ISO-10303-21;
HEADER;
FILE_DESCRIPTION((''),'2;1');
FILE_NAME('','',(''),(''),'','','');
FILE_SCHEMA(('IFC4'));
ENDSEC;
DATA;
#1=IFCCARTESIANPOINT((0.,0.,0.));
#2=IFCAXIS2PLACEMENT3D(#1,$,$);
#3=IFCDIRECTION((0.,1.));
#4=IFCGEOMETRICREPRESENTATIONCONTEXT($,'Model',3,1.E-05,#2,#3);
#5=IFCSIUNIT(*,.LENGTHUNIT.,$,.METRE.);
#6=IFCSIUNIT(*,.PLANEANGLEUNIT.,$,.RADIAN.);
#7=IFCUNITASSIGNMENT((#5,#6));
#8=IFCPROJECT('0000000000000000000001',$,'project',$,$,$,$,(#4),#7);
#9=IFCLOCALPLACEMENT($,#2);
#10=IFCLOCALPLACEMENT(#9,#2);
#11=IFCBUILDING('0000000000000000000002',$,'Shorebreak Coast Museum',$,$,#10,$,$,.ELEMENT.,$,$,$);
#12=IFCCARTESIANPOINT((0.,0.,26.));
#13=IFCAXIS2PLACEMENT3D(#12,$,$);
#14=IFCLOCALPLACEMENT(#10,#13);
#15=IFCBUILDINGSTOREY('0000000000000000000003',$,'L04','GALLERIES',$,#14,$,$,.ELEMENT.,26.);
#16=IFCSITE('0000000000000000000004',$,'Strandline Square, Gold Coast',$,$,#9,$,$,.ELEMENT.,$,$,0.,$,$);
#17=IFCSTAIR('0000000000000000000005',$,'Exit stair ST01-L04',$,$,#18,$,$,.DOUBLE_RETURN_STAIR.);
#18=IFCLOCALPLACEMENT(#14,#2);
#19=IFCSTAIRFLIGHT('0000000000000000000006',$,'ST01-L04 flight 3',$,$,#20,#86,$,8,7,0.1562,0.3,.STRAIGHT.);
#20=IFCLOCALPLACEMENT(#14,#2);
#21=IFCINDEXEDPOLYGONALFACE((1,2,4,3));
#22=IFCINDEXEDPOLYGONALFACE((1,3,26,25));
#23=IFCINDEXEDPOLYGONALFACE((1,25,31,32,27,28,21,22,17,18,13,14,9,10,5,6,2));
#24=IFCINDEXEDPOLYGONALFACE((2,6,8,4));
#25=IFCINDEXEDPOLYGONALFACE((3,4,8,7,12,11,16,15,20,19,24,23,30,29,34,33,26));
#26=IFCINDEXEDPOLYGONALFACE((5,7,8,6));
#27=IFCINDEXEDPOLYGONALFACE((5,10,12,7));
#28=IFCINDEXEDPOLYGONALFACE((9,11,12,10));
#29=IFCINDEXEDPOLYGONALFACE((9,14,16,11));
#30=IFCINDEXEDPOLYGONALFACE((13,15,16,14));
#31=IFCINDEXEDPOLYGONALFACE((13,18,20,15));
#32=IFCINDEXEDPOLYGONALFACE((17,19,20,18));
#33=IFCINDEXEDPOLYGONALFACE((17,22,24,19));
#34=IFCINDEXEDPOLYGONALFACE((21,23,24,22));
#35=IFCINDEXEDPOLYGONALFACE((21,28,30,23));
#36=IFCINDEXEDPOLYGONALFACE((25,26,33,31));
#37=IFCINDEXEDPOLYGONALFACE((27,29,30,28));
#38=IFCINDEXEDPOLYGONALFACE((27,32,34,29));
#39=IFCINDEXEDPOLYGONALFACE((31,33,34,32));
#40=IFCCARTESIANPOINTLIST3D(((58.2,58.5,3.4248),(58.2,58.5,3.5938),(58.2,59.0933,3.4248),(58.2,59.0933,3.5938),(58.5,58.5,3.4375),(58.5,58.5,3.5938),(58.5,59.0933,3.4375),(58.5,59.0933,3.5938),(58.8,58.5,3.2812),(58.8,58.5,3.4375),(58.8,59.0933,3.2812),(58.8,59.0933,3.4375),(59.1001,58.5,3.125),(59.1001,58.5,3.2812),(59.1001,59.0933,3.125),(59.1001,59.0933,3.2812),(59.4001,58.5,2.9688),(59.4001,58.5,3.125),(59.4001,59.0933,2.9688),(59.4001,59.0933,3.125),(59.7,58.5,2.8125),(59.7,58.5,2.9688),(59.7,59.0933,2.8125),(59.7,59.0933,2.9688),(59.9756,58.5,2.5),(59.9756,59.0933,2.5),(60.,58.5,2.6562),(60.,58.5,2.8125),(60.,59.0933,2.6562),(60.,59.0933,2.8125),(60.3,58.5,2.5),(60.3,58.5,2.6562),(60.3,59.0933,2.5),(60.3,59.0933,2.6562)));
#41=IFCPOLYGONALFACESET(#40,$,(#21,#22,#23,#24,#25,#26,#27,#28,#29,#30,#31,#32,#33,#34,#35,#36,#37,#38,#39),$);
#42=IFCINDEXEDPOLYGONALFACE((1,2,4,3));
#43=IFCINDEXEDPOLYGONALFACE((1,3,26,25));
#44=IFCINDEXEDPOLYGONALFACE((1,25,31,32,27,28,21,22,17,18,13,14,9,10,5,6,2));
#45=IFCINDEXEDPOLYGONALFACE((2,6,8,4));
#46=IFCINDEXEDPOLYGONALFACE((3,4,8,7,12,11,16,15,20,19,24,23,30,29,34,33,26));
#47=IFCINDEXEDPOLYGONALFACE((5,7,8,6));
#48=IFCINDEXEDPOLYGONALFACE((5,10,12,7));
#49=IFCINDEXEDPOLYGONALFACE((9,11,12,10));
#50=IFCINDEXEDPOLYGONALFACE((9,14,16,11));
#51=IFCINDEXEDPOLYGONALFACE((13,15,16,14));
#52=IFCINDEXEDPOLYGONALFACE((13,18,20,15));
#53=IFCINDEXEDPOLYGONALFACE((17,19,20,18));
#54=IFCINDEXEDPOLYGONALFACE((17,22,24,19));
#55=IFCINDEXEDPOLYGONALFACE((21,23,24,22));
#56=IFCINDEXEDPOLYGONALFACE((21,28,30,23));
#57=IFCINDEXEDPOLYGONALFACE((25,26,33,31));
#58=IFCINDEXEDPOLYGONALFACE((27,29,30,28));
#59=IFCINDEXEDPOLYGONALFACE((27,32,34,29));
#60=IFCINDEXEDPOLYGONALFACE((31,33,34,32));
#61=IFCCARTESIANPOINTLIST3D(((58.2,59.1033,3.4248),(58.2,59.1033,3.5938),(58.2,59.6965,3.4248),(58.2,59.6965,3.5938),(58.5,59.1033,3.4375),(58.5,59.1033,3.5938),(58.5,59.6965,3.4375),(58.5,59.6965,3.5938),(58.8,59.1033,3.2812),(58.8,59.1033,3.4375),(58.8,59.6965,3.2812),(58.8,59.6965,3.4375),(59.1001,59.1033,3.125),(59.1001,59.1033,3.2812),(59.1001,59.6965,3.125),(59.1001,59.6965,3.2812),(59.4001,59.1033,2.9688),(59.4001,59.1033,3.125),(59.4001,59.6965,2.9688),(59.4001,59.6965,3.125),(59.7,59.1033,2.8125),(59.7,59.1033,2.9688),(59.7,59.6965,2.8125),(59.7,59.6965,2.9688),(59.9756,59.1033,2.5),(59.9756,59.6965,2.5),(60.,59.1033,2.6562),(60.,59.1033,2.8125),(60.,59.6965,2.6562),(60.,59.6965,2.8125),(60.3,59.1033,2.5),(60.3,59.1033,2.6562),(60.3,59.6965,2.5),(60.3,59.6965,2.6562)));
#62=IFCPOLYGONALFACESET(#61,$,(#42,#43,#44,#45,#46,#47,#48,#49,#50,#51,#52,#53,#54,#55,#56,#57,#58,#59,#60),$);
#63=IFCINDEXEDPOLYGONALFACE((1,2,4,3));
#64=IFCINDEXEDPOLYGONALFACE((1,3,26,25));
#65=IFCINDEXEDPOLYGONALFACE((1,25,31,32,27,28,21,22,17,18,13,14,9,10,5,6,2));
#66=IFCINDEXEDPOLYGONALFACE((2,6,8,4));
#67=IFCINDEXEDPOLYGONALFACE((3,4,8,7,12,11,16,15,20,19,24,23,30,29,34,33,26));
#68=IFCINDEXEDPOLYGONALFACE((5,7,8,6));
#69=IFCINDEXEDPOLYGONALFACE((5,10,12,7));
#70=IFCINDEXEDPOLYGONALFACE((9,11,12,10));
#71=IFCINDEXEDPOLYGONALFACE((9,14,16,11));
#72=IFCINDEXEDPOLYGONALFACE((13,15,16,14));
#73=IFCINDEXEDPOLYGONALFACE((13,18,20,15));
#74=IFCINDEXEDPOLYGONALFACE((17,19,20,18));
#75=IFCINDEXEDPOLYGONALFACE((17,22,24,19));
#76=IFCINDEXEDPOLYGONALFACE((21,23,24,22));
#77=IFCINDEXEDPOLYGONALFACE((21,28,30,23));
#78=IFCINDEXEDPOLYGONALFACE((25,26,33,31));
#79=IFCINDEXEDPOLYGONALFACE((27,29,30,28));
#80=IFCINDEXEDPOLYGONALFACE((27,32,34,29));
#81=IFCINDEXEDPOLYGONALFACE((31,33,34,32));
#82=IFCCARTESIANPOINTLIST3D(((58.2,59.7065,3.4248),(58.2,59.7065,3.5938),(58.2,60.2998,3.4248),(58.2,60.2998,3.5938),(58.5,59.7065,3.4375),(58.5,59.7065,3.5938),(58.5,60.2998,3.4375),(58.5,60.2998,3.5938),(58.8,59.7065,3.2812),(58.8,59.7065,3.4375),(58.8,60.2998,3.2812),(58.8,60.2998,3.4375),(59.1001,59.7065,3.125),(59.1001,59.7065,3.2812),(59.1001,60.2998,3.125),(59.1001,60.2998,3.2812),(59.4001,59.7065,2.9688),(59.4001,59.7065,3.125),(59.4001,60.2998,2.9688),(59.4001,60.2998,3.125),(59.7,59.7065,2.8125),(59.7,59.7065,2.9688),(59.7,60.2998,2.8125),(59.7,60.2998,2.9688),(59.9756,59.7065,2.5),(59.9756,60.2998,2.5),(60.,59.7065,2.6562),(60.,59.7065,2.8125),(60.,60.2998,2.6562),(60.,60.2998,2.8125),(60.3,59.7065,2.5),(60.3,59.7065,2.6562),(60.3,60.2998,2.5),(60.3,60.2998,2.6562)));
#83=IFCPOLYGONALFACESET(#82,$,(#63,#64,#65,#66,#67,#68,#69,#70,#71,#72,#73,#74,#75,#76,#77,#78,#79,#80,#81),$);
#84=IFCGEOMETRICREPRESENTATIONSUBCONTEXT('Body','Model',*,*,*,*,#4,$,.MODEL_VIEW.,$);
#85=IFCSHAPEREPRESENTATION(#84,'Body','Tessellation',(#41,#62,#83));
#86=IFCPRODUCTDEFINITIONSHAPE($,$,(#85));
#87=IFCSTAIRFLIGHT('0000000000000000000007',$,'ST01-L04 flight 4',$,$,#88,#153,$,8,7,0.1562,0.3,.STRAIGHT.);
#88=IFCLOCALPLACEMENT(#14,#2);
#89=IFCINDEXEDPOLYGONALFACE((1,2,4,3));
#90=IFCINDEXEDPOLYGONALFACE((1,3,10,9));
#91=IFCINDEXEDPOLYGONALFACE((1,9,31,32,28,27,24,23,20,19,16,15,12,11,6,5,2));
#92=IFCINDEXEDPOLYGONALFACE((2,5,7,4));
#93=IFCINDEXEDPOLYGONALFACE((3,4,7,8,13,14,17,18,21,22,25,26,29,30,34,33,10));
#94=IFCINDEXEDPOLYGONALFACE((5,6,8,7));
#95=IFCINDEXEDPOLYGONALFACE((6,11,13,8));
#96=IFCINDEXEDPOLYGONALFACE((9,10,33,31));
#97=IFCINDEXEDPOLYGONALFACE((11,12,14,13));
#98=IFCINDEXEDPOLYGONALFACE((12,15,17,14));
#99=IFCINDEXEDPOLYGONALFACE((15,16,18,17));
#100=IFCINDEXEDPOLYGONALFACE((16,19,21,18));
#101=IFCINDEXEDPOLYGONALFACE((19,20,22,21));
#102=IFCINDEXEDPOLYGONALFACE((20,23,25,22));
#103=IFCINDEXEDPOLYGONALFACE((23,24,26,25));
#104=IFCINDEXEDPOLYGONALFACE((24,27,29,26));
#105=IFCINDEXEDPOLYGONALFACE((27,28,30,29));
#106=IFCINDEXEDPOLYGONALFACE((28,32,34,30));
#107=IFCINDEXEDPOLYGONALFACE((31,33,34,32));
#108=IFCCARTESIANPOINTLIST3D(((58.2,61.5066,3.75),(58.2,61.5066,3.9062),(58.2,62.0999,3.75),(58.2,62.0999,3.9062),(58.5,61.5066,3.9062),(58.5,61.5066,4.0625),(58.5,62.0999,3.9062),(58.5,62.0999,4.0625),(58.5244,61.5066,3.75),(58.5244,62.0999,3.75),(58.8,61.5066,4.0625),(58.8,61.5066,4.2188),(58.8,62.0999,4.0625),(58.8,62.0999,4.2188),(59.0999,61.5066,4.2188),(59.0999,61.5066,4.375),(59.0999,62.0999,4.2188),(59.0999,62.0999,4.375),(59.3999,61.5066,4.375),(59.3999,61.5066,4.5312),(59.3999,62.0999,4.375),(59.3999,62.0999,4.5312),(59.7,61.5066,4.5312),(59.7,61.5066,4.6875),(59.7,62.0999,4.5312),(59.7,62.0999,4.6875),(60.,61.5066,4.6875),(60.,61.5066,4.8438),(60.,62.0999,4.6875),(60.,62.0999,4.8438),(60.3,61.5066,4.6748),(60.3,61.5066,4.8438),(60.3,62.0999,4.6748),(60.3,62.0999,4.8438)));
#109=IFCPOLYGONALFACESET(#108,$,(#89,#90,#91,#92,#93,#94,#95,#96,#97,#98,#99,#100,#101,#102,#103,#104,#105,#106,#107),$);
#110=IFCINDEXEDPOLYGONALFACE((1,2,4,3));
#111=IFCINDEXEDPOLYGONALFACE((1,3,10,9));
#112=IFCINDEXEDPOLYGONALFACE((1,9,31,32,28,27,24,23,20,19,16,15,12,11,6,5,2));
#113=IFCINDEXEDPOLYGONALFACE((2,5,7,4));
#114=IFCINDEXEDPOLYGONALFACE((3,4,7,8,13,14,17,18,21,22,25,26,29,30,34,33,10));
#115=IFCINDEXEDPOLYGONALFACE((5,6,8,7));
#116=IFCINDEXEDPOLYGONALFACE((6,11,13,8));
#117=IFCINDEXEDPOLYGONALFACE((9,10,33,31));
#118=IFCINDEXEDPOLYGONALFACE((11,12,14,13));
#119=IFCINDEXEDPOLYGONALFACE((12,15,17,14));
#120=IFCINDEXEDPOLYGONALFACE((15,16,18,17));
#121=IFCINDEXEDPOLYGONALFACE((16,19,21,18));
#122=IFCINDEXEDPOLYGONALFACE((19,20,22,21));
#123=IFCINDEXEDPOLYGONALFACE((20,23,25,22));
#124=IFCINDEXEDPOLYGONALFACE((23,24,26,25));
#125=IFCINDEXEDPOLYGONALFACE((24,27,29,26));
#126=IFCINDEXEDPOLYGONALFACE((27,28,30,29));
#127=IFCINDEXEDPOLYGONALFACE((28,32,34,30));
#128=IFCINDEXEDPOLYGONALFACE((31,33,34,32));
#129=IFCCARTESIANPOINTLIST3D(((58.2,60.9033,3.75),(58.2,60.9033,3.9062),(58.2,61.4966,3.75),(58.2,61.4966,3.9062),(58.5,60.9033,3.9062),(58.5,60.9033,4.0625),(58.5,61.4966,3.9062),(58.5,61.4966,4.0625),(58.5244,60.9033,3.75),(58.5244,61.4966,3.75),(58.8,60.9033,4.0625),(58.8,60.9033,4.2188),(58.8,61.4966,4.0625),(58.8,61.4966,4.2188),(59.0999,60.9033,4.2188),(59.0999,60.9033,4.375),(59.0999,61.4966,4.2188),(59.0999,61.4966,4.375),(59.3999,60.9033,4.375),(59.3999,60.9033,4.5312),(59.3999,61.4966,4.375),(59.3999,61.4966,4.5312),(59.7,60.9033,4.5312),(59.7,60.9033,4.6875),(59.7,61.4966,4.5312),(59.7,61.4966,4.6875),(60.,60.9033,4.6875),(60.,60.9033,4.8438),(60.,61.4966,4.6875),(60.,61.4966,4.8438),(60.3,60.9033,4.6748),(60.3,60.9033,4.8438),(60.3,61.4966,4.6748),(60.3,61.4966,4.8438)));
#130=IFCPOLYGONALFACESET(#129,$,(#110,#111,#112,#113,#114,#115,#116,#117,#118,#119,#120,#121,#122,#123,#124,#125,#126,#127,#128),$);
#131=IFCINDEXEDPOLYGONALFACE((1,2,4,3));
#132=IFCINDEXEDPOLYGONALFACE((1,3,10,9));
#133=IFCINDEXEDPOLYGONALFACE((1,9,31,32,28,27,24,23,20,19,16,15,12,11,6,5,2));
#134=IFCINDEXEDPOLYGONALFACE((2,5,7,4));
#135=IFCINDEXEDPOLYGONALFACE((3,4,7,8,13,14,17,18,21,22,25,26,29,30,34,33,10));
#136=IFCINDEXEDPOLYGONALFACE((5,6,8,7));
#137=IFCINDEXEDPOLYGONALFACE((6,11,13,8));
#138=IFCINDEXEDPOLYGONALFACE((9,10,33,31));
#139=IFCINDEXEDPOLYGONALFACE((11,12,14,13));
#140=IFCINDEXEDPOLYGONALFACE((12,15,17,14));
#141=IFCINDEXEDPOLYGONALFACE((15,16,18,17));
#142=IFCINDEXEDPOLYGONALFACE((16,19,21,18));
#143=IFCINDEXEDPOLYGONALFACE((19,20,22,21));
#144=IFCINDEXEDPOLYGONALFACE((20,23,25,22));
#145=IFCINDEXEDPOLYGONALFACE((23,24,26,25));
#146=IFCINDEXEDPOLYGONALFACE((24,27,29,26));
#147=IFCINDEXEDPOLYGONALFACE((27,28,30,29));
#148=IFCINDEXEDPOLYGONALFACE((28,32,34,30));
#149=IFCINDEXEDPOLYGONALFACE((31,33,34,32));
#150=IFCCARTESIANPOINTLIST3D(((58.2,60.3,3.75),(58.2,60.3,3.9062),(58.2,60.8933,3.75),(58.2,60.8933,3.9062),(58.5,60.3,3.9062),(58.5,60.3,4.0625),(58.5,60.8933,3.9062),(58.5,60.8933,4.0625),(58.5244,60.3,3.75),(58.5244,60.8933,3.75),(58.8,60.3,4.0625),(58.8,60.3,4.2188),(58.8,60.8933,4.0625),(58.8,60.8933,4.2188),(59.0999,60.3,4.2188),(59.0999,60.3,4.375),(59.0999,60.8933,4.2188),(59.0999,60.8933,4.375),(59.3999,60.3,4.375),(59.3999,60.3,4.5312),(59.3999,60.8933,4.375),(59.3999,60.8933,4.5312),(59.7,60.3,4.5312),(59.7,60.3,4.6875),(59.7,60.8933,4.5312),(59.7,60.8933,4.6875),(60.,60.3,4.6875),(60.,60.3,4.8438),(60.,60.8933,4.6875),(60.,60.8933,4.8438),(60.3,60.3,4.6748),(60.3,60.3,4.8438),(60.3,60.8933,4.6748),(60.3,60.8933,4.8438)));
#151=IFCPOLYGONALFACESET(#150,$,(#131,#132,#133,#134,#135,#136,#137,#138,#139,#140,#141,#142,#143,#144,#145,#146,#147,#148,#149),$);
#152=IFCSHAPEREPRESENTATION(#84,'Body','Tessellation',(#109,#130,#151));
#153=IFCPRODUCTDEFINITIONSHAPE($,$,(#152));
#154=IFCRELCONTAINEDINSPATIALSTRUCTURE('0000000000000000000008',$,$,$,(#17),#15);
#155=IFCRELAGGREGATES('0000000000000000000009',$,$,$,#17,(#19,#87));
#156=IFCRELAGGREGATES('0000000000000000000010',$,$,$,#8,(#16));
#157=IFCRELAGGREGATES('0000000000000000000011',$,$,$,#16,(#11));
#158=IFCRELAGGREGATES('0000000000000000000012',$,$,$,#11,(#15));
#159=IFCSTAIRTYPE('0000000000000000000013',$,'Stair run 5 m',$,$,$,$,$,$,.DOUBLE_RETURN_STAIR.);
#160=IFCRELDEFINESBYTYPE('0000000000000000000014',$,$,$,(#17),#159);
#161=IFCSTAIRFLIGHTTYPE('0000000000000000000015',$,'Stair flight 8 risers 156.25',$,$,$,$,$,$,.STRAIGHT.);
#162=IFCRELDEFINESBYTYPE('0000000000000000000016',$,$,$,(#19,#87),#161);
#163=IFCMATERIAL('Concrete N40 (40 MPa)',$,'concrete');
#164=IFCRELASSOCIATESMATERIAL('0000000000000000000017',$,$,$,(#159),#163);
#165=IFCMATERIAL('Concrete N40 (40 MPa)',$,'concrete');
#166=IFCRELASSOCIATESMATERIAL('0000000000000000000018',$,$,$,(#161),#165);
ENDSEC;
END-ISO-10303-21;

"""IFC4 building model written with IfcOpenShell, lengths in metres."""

from ifc_helpers import new_model, si_unit, direction, frame, origin, place, context, subcontext, project, spatial, polyline, outline, extrude, material, type_object, element, aggregate, save


model = new_model("IFC4")

# Units and contexts
model_context = context("Model", 3, precision=1e-05, world=origin(), true_north=direction((0.0, 1.0)))
body_context = subcontext(model_context, "Body", "Model", "MODEL_VIEW")
ifc_project = project(units=[si_unit("LENGTHUNIT", "METRE"), si_unit("PLANEANGLEUNIT", "RADIAN")], contexts=[model_context])

# Site, building, storey
site_placement = place(None, origin())
site = spatial("IfcSite", under=ifc_project, at=site_placement, Name="Strandline Square, Gold Coast", CompositionType="ELEMENT", RefElevation=0.0)
building_placement = place(site_placement, origin())
building = spatial("IfcBuilding", under=site, at=building_placement, Name="Shorebreak Coast Museum", CompositionType="ELEMENT")
storey_placement = place(building_placement, frame((0.0, 0.0, 26.0)))
storey = spatial("IfcBuildingStorey", under=building, at=storey_placement, Name="L04", Description="GALLERIES", CompositionType="ELEMENT", Elevation=26.0)

# Stair, stair flights
ifc_material_1 = material(Name="Concrete N40 (40 MPa)", Category="concrete")
stair_type = type_object("IfcStairType", Name="Stair run 5 m", PredefinedType="DOUBLE_RETURN_STAIR", material=ifc_material_1)
stair_placement = place(storey_placement, origin())
stair = element("IfcStair", 1, at=stair_placement, inside=storey, type_object=stair_type, Name="Exit stair ST01-L04", PredefinedType="DOUBLE_RETURN_STAIR")
ifc_material_2 = material(Name="Concrete N40 (40 MPa)", Category="concrete")
stair_flight_type = type_object("IfcStairFlightType", Name="Stair flight 8 risers 156.25", PredefinedType="STRAIGHT", material=ifc_material_2)
stair_flight_1_placement = place(storey_placement, frame((60.3, 59.3999, 2.5), z_axis=(0.0, 0.0, 1.0), x_axis=(-1.0, 0.0, 0.0)))
stair_flight_1 = element("IfcStairFlight", 2, at=stair_flight_1_placement, type_object=stair_flight_type, Name="ST01-L04 flight 3", NumberOfRisers=8, NumberOfTreads=7, PredefinedType="STRAIGHT", RiserHeight=0.1562, TreadLength=0.3, context=body_context, shape_type="SweptSolid", body=[
    extrude(outline(polyline([(0.0, 0.0), (0.0, 0.1562), (0.3, 0.1562), (0.3, 0.3125), (0.6001, 0.3125), (0.6001, 0.4688), (0.8999, 0.4688), (0.8999, 0.625), (1.2, 0.625), (1.2, 0.7812), (1.5, 0.7812), (1.5, 0.9375), (1.8, 0.9375), (1.8, 1.0938), (2.1001, 1.0938), (2.1001, 1.25), (2.1001, 0.9248), (0.3245, 0.0), (0.0, 0.0)])), frame((0.0, 0.8999, 0.0), z_axis=(0.0, -1.0, 0.0), x_axis=(1.0, 0.0, 0.0)), (0.0, 0.0, 1.0), 0.5933),
    extrude(outline(polyline([(0.0, 0.0), (0.0, 0.1562), (0.3, 0.1562), (0.3, 0.3125), (0.6001, 0.3125), (0.6001, 0.4688), (0.8999, 0.4688), (0.8999, 0.625), (1.2, 0.625), (1.2, 0.7812), (1.5, 0.7812), (1.5, 0.9375), (1.8, 0.9375), (1.8, 1.0938), (2.1001, 1.0938), (2.1001, 1.25), (2.1001, 0.9248), (0.3245, 0.0), (0.0, 0.0)])), frame((0.0, 0.2966, 0.0), z_axis=(0.0, -1.0, 0.0), x_axis=(1.0, 0.0, 0.0)), (0.0, 0.0, 1.0), 0.5933),
    extrude(outline(polyline([(0.0, 0.0), (0.0, 0.1562), (0.3, 0.1562), (0.3, 0.3125), (0.6001, 0.3125), (0.6001, 0.4688), (0.8999, 0.4688), (0.8999, 0.625), (1.2, 0.625), (1.2, 0.7812), (1.5, 0.7812), (1.5, 0.9375), (1.8, 0.9375), (1.8, 1.0938), (2.1001, 1.0938), (2.1001, 1.25), (2.1001, 0.9248), (0.3245, 0.0), (0.0, 0.0)])), frame((0.0, -0.3066, 0.0), z_axis=(0.0, -1.0, 0.0), x_axis=(1.0, 0.0, 0.0)), (0.0, 0.0, 1.0), 0.5933),
])
stair_flight_2_placement = place(storey_placement, frame((58.2, 61.2, 3.75), z_axis=(0.0, 0.0, 1.0), x_axis=(1.0, 0.0, 0.0)))
stair_flight_2 = element("IfcStairFlight", 3, at=stair_flight_2_placement, type_object=stair_flight_type, Name="ST01-L04 flight 4", NumberOfRisers=8, NumberOfTreads=7, PredefinedType="STRAIGHT", RiserHeight=0.1562, TreadLength=0.3, context=body_context, shape_type="SweptSolid", body=[
    extrude(outline(polyline([(0.0, 0.0), (0.0, 0.1562), (0.3, 0.1562), (0.3, 0.3125), (0.6001, 0.3125), (0.6001, 0.4688), (0.8999, 0.4688), (0.8999, 0.625), (1.2, 0.625), (1.2, 0.7812), (1.5, 0.7812), (1.5, 0.9375), (1.8, 0.9375), (1.8, 1.0938), (2.1001, 1.0938), (2.1001, 1.25), (2.1001, 0.9248), (0.3245, 0.0), (0.0, 0.0)])), frame((0.0, 0.8999, 0.0), z_axis=(0.0, -1.0, 0.0), x_axis=(1.0, 0.0, 0.0)), (0.0, 0.0, 1.0), 0.5933),
    extrude(outline(polyline([(0.0, 0.0), (0.0, 0.1562), (0.3, 0.1562), (0.3, 0.3125), (0.6001, 0.3125), (0.6001, 0.4688), (0.8999, 0.4688), (0.8999, 0.625), (1.2, 0.625), (1.2, 0.7812), (1.5, 0.7812), (1.5, 0.9375), (1.8, 0.9375), (1.8, 1.0938), (2.1001, 1.0938), (2.1001, 1.25), (2.1001, 0.9248), (0.3245, 0.0), (0.0, 0.0)])), frame((0.0, 0.2966, 0.0), z_axis=(0.0, -1.0, 0.0), x_axis=(1.0, 0.0, 0.0)), (0.0, 0.0, 1.0), 0.5933),
    extrude(outline(polyline([(0.0, 0.0), (0.0, 0.1562), (0.3, 0.1562), (0.3, 0.3125), (0.6001, 0.3125), (0.6001, 0.4688), (0.8999, 0.4688), (0.8999, 0.625), (1.2, 0.625), (1.2, 0.7812), (1.5, 0.7812), (1.5, 0.9375), (1.8, 0.9375), (1.8, 1.0938), (2.1001, 1.0938), (2.1001, 1.25), (2.1001, 0.9248), (0.3245, 0.0), (0.0, 0.0)])), frame((0.0, -0.3066, 0.0), z_axis=(0.0, -1.0, 0.0), x_axis=(1.0, 0.0, 0.0)), (0.0, 0.0, 1.0), 0.5933),
])
aggregate(stair, [stair_flight_1, stair_flight_2])

save(model, "model.ifc")
